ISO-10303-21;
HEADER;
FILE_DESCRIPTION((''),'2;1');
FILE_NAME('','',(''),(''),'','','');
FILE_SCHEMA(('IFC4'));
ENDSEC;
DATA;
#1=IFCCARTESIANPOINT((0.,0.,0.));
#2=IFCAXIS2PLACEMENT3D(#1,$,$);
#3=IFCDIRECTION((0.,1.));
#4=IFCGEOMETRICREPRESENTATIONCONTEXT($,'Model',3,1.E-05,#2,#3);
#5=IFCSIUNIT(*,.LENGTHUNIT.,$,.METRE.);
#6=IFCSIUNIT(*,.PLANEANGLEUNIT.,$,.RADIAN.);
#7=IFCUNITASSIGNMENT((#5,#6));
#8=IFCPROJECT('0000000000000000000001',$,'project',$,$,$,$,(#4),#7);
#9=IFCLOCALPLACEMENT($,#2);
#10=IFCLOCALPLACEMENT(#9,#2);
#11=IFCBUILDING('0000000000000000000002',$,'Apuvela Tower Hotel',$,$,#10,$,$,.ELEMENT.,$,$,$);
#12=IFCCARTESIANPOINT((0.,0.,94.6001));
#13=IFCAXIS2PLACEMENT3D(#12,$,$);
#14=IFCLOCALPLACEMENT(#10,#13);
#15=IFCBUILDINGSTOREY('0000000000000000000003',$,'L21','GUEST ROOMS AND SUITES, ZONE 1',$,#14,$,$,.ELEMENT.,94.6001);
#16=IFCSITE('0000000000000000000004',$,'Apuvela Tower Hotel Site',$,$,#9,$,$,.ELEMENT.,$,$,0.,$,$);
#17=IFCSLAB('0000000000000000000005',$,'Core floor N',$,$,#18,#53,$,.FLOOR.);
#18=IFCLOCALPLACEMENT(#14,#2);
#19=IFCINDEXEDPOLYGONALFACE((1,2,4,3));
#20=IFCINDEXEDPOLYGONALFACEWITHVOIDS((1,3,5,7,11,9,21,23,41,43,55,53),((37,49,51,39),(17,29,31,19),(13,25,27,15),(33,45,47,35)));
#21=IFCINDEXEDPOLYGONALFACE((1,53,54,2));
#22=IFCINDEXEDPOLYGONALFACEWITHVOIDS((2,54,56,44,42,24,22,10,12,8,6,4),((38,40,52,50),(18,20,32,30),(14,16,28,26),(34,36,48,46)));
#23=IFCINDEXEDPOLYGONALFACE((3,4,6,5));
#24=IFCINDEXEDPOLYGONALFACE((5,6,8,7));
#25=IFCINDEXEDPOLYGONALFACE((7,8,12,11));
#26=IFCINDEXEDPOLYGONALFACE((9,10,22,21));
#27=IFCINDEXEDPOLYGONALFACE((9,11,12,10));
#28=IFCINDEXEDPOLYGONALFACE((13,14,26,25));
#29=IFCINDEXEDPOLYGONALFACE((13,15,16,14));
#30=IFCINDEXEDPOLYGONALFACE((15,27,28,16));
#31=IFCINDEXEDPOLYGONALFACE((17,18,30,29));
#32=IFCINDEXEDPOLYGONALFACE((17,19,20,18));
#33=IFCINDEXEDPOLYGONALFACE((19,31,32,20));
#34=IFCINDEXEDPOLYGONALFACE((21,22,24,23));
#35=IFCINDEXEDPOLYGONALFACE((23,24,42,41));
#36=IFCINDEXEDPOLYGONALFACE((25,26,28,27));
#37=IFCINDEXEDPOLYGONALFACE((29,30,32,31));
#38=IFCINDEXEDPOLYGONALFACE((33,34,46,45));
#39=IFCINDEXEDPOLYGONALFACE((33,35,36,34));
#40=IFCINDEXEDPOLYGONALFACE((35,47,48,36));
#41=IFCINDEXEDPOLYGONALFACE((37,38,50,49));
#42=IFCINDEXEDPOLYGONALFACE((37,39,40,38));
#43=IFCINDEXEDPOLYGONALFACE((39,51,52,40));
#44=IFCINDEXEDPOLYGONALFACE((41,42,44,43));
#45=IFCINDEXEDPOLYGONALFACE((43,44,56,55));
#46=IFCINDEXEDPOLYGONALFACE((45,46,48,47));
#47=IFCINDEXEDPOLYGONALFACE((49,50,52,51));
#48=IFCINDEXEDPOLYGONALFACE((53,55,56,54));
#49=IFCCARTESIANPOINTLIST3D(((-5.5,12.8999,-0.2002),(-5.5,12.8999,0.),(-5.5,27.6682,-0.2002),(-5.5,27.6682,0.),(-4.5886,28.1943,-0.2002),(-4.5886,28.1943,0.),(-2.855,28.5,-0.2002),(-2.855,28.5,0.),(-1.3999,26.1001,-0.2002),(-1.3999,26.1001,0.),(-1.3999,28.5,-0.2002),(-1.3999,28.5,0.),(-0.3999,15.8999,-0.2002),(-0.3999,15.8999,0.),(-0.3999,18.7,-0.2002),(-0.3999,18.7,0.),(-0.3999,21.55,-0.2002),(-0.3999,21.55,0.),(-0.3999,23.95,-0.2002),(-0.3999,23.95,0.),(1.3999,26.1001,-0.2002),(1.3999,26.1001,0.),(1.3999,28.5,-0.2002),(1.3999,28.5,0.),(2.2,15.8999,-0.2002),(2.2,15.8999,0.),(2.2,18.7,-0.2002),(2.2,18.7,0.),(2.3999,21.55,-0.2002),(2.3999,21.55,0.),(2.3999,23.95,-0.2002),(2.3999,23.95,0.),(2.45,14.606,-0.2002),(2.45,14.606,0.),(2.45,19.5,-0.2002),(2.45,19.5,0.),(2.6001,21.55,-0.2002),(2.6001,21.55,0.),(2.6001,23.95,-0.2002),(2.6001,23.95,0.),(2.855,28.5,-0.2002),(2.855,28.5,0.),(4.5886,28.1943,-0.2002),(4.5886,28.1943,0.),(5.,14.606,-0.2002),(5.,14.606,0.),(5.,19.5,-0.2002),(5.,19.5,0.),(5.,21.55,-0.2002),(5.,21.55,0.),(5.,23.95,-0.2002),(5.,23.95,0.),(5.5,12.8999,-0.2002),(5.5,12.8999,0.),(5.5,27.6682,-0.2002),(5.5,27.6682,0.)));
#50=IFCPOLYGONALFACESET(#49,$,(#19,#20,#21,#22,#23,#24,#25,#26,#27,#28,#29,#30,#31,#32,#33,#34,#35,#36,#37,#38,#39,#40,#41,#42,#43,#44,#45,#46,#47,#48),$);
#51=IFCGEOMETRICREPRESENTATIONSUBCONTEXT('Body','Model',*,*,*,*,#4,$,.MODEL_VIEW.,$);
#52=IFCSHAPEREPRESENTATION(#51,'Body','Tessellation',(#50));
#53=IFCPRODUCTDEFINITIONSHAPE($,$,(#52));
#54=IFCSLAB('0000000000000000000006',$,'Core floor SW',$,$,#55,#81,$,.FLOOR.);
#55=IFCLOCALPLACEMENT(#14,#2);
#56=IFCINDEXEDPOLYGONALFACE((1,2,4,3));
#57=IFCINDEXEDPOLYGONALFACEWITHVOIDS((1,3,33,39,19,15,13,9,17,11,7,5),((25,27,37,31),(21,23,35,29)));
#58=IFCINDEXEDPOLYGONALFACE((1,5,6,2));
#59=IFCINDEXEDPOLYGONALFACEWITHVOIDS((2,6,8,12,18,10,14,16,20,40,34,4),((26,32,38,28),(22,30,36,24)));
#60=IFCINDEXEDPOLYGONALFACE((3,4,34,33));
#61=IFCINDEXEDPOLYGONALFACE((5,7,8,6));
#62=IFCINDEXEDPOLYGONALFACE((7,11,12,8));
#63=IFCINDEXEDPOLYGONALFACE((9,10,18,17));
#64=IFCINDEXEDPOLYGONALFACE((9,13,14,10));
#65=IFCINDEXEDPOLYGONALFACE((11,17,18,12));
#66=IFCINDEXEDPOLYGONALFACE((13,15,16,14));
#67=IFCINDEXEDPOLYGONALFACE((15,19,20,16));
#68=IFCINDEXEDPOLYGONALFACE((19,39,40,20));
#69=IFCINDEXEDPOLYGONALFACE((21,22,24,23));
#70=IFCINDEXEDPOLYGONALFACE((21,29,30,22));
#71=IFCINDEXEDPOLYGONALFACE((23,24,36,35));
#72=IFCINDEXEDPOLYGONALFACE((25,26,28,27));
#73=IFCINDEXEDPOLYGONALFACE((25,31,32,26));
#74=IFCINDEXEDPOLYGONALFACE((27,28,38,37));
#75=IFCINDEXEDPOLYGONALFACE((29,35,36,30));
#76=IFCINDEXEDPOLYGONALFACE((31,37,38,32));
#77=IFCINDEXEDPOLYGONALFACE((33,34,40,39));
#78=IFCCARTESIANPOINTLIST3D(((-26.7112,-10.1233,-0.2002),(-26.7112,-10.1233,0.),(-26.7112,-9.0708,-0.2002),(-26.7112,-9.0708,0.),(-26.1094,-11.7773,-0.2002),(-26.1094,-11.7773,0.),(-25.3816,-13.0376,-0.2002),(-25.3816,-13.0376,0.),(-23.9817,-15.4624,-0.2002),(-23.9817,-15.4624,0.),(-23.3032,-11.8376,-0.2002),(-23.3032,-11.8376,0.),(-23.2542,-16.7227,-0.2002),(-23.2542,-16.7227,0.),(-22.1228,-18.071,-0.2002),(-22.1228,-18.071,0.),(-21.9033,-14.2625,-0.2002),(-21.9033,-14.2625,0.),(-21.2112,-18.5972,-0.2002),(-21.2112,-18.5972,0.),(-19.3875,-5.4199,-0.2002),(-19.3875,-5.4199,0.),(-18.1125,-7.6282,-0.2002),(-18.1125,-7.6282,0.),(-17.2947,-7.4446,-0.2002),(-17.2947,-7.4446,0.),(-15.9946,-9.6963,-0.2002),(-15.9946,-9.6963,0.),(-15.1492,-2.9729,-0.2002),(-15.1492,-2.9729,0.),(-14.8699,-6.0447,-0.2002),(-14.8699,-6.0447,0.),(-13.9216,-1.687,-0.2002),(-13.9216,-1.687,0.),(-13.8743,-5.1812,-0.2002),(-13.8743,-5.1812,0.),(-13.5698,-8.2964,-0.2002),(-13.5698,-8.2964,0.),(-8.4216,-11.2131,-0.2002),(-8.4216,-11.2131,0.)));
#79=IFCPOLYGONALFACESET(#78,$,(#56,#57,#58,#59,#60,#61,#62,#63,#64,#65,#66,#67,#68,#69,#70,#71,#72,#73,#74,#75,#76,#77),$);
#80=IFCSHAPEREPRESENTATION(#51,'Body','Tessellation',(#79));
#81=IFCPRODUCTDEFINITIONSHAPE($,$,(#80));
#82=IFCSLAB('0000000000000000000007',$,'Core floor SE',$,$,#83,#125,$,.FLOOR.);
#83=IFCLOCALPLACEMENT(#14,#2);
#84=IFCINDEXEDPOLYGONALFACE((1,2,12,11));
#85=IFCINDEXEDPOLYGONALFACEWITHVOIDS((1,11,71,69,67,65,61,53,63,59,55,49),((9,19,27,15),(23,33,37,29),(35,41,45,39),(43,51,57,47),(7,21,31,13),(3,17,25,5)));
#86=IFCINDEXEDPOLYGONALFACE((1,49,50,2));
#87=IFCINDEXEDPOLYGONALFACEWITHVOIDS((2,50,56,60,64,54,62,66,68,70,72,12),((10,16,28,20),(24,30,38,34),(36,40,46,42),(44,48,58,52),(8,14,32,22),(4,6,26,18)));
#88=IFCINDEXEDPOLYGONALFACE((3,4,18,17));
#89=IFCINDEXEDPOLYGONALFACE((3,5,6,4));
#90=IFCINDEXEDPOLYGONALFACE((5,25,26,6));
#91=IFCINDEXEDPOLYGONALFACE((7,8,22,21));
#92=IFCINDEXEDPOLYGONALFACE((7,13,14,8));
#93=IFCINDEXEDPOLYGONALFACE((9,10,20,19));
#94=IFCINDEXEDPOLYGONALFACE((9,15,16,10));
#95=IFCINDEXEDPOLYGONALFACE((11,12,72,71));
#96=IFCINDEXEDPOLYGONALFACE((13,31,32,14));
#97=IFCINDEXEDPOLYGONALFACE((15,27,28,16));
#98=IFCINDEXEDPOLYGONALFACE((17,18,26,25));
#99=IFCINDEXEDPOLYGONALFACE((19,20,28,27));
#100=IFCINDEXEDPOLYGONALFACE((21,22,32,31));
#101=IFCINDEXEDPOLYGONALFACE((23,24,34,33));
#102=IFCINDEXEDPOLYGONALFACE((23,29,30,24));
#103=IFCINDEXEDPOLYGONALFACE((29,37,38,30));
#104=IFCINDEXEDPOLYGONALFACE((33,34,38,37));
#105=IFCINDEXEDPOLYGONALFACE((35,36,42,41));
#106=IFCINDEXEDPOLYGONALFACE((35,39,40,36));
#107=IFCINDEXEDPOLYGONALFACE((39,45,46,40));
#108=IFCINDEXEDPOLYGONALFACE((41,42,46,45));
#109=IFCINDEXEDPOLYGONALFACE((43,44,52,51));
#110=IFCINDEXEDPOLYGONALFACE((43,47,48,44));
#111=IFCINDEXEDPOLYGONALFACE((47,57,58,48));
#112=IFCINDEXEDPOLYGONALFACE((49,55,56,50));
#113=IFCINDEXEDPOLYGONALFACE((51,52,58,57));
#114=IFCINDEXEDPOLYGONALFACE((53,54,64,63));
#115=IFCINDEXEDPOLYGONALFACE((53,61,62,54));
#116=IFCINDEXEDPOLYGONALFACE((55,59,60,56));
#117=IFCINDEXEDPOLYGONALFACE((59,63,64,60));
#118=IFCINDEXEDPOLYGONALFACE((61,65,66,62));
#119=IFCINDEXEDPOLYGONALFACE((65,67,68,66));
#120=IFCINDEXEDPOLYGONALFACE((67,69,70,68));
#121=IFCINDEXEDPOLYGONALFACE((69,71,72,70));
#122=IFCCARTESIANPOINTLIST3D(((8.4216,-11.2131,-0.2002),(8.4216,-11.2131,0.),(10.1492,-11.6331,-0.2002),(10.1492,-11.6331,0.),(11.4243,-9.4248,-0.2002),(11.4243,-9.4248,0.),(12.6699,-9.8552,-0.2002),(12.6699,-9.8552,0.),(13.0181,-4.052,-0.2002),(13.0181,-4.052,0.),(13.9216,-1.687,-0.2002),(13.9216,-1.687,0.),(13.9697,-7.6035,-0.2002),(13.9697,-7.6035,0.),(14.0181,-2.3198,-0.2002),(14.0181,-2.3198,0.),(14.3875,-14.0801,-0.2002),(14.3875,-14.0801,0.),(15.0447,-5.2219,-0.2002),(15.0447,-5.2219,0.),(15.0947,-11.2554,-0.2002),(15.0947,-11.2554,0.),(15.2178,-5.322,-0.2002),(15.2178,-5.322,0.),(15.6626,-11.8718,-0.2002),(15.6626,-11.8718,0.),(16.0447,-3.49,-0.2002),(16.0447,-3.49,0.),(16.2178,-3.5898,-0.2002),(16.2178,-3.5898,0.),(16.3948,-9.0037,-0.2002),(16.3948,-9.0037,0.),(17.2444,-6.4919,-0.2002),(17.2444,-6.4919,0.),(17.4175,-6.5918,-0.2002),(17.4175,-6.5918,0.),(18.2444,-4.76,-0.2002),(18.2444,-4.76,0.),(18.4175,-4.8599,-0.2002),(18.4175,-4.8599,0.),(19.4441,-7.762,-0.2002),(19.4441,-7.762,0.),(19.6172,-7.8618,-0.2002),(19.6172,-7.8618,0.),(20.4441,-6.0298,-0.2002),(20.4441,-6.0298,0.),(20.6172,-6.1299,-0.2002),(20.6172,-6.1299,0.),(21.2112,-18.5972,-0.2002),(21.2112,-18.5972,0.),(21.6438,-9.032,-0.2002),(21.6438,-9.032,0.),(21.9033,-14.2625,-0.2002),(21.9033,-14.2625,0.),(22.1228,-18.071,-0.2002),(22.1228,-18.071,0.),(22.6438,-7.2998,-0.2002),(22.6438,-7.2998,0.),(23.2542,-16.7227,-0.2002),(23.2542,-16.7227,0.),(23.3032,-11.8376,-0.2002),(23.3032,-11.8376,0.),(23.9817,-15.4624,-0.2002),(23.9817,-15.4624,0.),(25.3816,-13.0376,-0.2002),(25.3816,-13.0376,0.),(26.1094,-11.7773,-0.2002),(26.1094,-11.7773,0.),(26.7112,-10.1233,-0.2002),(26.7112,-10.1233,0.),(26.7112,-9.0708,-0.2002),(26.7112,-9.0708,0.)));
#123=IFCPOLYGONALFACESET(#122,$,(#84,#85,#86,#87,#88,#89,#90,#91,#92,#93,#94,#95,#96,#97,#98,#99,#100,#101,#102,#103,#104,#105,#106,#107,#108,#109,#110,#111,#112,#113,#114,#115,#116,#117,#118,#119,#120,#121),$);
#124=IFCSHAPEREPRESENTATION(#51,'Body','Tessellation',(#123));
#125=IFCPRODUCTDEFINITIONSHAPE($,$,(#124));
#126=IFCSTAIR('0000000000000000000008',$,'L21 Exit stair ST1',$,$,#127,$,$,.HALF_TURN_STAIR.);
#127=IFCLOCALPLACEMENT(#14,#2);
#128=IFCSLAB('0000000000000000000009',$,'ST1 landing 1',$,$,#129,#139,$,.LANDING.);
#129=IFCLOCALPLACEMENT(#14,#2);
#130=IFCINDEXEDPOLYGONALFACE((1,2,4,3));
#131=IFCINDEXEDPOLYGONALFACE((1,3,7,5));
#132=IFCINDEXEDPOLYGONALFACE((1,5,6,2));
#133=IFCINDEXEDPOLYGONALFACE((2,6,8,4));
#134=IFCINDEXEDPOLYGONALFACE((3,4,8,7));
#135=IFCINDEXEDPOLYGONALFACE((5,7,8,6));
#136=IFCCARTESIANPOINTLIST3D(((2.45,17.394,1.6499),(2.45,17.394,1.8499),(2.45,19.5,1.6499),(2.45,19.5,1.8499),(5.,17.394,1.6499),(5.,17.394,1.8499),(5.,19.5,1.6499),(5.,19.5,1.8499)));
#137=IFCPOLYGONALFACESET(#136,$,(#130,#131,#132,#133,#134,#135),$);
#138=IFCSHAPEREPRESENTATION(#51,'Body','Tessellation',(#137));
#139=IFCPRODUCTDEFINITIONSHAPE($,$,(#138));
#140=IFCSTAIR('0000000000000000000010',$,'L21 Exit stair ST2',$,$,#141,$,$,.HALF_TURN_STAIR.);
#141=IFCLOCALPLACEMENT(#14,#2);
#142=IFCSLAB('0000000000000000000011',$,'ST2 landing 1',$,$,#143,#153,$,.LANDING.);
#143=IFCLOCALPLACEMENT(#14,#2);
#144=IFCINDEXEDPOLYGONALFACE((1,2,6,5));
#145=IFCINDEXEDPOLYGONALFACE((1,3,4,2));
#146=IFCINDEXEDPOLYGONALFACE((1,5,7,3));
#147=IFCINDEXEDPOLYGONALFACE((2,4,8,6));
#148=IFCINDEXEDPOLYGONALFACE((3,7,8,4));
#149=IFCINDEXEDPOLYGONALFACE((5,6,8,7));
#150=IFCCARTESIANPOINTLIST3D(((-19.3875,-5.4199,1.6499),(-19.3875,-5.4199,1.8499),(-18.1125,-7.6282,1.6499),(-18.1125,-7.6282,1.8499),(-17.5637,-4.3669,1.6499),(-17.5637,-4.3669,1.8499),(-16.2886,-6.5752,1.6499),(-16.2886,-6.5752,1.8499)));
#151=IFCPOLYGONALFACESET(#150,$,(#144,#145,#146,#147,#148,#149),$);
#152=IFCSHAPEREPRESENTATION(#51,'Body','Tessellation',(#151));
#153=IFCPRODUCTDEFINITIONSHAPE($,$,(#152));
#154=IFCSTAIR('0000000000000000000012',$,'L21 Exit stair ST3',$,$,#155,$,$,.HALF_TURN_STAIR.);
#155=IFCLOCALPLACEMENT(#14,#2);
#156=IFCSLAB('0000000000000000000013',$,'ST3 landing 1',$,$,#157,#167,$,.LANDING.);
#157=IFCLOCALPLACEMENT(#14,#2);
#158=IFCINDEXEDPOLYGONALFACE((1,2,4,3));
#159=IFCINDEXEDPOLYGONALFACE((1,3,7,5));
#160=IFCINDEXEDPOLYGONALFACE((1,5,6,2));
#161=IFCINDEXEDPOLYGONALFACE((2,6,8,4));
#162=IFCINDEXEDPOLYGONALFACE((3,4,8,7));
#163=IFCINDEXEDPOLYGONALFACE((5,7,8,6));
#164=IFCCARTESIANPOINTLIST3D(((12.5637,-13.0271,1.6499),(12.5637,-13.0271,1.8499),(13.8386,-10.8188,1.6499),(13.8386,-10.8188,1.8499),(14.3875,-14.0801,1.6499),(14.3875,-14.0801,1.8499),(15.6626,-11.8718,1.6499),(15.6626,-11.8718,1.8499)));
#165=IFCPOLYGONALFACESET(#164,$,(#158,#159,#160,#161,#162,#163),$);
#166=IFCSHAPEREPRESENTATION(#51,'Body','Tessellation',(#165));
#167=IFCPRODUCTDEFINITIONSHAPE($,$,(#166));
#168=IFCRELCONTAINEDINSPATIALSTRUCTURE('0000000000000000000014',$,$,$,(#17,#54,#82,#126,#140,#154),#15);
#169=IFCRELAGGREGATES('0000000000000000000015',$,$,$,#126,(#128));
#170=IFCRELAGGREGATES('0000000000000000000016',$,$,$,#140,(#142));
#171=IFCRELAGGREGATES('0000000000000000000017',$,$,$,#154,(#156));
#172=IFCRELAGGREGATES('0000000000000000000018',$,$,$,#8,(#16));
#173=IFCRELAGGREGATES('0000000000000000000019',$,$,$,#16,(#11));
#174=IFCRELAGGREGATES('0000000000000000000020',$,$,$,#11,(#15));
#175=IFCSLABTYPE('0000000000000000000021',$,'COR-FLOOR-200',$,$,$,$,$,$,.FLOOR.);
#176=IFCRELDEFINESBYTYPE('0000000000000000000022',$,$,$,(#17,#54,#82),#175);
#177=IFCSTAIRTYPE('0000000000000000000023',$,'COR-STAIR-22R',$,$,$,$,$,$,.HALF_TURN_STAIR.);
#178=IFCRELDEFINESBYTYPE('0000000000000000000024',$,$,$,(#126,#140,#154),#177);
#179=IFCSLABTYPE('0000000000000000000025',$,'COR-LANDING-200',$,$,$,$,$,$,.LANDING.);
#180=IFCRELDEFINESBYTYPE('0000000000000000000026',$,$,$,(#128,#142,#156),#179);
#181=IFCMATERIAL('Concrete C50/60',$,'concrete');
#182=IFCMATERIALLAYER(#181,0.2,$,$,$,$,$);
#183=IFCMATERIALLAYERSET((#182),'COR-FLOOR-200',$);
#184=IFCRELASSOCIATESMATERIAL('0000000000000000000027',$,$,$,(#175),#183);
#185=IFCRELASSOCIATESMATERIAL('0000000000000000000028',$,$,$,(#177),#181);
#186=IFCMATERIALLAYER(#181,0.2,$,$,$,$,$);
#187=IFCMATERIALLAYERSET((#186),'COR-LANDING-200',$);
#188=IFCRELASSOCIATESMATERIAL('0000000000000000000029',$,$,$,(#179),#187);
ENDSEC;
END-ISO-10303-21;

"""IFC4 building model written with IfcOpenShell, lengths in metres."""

from ifc_helpers import new_model, si_unit, direction, frame, origin, place, context, subcontext, project, spatial, polyline, outline, extrude, material, layer, layer_set, type_object, element, aggregate, save


model = new_model("IFC4")

# Units and contexts
model_context = context("Model", 3, precision=1e-05, world=origin(), true_north=direction((0.0, 1.0)))
body_context = subcontext(model_context, "Body", "Model", "MODEL_VIEW")
ifc_project = project(units=[si_unit("LENGTHUNIT", "METRE"), si_unit("PLANEANGLEUNIT", "RADIAN")], contexts=[model_context])

# Site, building, storey
site_placement = place(None, origin())
site = spatial("IfcSite", under=ifc_project, at=site_placement, Name="Apuvela Tower Hotel Site", CompositionType="ELEMENT", RefElevation=0.0)
building_placement = place(site_placement, origin())
building = spatial("IfcBuilding", under=site, at=building_placement, Name="Apuvela Tower Hotel", CompositionType="ELEMENT")
storey_placement = place(building_placement, frame((0.0, 0.0, 94.6001)))
storey = spatial("IfcBuildingStorey", under=building, at=storey_placement, Name="L21", Description="GUEST ROOMS AND SUITES, ZONE 1", CompositionType="ELEMENT", Elevation=94.6001)

# Slabs
ifc_material_1 = material(Name="Concrete C50/60", Category="concrete")
ifc_layer_1 = layer(ifc_material_1, 0.2)
ifc_layer_set_1 = layer_set([ifc_layer_1], Name="COR-FLOOR-200")
slab_type_1 = type_object("IfcSlabType", Name="COR-FLOOR-200", PredefinedType="FLOOR", material=ifc_layer_set_1)
slab_1_placement = place(storey_placement, frame((0.0, 0.0, -0.2002)))
element("IfcSlab", 1, at=slab_1_placement, inside=storey, type_object=slab_type_1, Name="Core floor N", PredefinedType="FLOOR", context=body_context, shape_type="SweptSolid", body=[
    extrude(outline(polyline([(5.5, 27.6682), (4.5886, 28.1943), (2.855, 28.5), (1.3999, 28.5), (1.3999, 26.1001), (-1.3999, 26.1001), (-1.3999, 28.5), (-2.855, 28.5), (-4.5886, 28.1943), (-5.5, 27.6682), (-5.5, 12.8999), (5.5, 12.8999), (5.5, 27.6682)]), holes=[polyline([(5.0, 14.606), (2.45, 14.606), (2.45, 19.5), (5.0, 19.5), (5.0, 14.606)]), polyline([(2.2, 15.8999), (-0.3999, 15.8999), (-0.3999, 18.7), (2.2, 18.7), (2.2, 15.8999)]), polyline([(5.0, 21.55), (2.6001, 21.55), (2.6001, 23.95), (5.0, 23.95), (5.0, 21.55)]), polyline([(2.3999, 21.55), (-0.3999, 21.55), (-0.3999, 23.95), (2.3999, 23.95), (2.3999, 21.55)])]), origin(), (0.0, 0.0, 1.0), 0.2002),
])
slab_2_placement = place(storey_placement, frame((0.0, 0.0, -0.2002)))
element("IfcSlab", 2, at=slab_2_placement, inside=storey, type_object=slab_type_1, Name="Core floor SW", PredefinedType="FLOOR", context=body_context, shape_type="SweptSolid", body=[
    extrude(outline(polyline([(-26.7112, -9.0708), (-26.7112, -10.1233), (-26.1094, -11.7773), (-25.3816, -13.0376), (-23.3032, -11.8376), (-21.9033, -14.2625), (-23.9817, -15.4624), (-23.2542, -16.7227), (-22.1228, -18.071), (-21.2112, -18.5972), (-8.4216, -11.2131), (-13.9216, -1.687), (-26.7112, -9.0708)]), holes=[polyline([(-13.8743, -5.1812), (-18.1125, -7.6282), (-19.3875, -5.4199), (-15.1492, -2.9729), (-13.8743, -5.1812)]), polyline([(-13.5698, -8.2964), (-15.9946, -9.6963), (-17.2947, -7.4446), (-14.8699, -6.0447), (-13.5698, -8.2964)])]), origin(), (0.0, 0.0, 1.0), 0.2002),
])
slab_3_placement = place(storey_placement, frame((0.0, 0.0, -0.2002)))
element("IfcSlab", 3, at=slab_3_placement, inside=storey, type_object=slab_type_1, Name="Core floor SE", PredefinedType="FLOOR", context=body_context, shape_type="SweptSolid", body=[
    extrude(outline(polyline([(21.2112, -18.5972), (22.1228, -18.071), (23.2542, -16.7227), (23.9817, -15.4624), (21.9033, -14.2625), (23.3032, -11.8376), (25.3816, -13.0376), (26.1094, -11.7773), (26.7112, -10.1233), (26.7112, -9.0708), (13.9216, -1.687), (8.4216, -11.2131), (21.2112, -18.5972)]), holes=[polyline([(13.0181, -4.052), (14.0181, -2.3198), (16.0447, -3.49), (15.0447, -5.2219), (13.0181, -4.052)]), polyline([(17.2444, -6.4919), (15.2178, -5.322), (16.2178, -3.5898), (18.2444, -4.76), (17.2444, -6.4919)]), polyline([(14.3875, -14.0801), (10.1492, -11.6331), (11.4243, -9.4248), (15.6626, -11.8718), (14.3875, -14.0801)]), polyline([(12.6699, -9.8552), (13.9697, -7.6035), (16.3948, -9.0037), (15.0947, -11.2554), (12.6699, -9.8552)]), polyline([(19.4441, -7.762), (17.4175, -6.5918), (18.4175, -4.8599), (20.4441, -6.0298), (19.4441, -7.762)]), polyline([(21.6438, -9.032), (19.6172, -7.8618), (20.6172, -6.1299), (22.6438, -7.2998), (21.6438, -9.032)])]), origin(), (0.0, 0.0, 1.0), 0.2002),
])

# Stairs, slabs
stair_type = type_object("IfcStairType", Name="COR-STAIR-22R", PredefinedType="HALF_TURN_STAIR", material=ifc_material_1)
stair_1_placement = place(storey_placement, origin())
stair_1 = element("IfcStair", 4, at=stair_1_placement, inside=storey, type_object=stair_type, Name="L21 Exit stair ST1", PredefinedType="HALF_TURN_STAIR")
ifc_layer_2 = layer(ifc_material_1, 0.2)
ifc_layer_set_2 = layer_set([ifc_layer_2], Name="COR-LANDING-200")
slab_type_2 = type_object("IfcSlabType", Name="COR-LANDING-200", PredefinedType="LANDING", material=ifc_layer_set_2)
slab_4_placement = place(storey_placement, frame((0.0, 0.0, 1.6499)))
slab_4 = element("IfcSlab", 5, at=slab_4_placement, type_object=slab_type_2, Name="ST1 landing 1", PredefinedType="LANDING", context=body_context, shape_type="SweptSolid", body=[
    extrude(outline(polyline([(5.0, 17.394), (5.0, 19.5), (2.45, 19.5), (2.45, 17.394), (5.0, 17.394)])), origin(), (0.0, 0.0, 1.0), 0.2),
])
aggregate(stair_1, [slab_4])
stair_2_placement = place(storey_placement, origin())
stair_2 = element("IfcStair", 6, at=stair_2_placement, inside=storey, type_object=stair_type, Name="L21 Exit stair ST2", PredefinedType="HALF_TURN_STAIR")
slab_5_placement = place(storey_placement, frame((0.0, 0.0, 1.6499)))
slab_5 = element("IfcSlab", 7, at=slab_5_placement, type_object=slab_type_2, Name="ST2 landing 1", PredefinedType="LANDING", context=body_context, shape_type="SweptSolid", body=[
    extrude(outline(polyline([(-17.5637, -4.3669), (-19.3875, -5.4199), (-18.1125, -7.6282), (-16.2886, -6.5752), (-17.5637, -4.3669)])), origin(), (0.0, 0.0, 1.0), 0.2),
])
aggregate(stair_2, [slab_5])
stair_3_placement = place(storey_placement, origin())
stair_3 = element("IfcStair", 8, at=stair_3_placement, inside=storey, type_object=stair_type, Name="L21 Exit stair ST3", PredefinedType="HALF_TURN_STAIR")
slab_6_placement = place(storey_placement, frame((0.0, 0.0, 1.6499)))
slab_6 = element("IfcSlab", 9, at=slab_6_placement, type_object=slab_type_2, Name="ST3 landing 1", PredefinedType="LANDING", context=body_context, shape_type="SweptSolid", body=[
    extrude(outline(polyline([(12.5637, -13.0271), (14.3875, -14.0801), (15.6626, -11.8718), (13.8386, -10.8188), (12.5637, -13.0271)])), origin(), (0.0, 0.0, 1.0), 0.2),
])
aggregate(stair_3, [slab_6])

save(model, "model.ifc")
